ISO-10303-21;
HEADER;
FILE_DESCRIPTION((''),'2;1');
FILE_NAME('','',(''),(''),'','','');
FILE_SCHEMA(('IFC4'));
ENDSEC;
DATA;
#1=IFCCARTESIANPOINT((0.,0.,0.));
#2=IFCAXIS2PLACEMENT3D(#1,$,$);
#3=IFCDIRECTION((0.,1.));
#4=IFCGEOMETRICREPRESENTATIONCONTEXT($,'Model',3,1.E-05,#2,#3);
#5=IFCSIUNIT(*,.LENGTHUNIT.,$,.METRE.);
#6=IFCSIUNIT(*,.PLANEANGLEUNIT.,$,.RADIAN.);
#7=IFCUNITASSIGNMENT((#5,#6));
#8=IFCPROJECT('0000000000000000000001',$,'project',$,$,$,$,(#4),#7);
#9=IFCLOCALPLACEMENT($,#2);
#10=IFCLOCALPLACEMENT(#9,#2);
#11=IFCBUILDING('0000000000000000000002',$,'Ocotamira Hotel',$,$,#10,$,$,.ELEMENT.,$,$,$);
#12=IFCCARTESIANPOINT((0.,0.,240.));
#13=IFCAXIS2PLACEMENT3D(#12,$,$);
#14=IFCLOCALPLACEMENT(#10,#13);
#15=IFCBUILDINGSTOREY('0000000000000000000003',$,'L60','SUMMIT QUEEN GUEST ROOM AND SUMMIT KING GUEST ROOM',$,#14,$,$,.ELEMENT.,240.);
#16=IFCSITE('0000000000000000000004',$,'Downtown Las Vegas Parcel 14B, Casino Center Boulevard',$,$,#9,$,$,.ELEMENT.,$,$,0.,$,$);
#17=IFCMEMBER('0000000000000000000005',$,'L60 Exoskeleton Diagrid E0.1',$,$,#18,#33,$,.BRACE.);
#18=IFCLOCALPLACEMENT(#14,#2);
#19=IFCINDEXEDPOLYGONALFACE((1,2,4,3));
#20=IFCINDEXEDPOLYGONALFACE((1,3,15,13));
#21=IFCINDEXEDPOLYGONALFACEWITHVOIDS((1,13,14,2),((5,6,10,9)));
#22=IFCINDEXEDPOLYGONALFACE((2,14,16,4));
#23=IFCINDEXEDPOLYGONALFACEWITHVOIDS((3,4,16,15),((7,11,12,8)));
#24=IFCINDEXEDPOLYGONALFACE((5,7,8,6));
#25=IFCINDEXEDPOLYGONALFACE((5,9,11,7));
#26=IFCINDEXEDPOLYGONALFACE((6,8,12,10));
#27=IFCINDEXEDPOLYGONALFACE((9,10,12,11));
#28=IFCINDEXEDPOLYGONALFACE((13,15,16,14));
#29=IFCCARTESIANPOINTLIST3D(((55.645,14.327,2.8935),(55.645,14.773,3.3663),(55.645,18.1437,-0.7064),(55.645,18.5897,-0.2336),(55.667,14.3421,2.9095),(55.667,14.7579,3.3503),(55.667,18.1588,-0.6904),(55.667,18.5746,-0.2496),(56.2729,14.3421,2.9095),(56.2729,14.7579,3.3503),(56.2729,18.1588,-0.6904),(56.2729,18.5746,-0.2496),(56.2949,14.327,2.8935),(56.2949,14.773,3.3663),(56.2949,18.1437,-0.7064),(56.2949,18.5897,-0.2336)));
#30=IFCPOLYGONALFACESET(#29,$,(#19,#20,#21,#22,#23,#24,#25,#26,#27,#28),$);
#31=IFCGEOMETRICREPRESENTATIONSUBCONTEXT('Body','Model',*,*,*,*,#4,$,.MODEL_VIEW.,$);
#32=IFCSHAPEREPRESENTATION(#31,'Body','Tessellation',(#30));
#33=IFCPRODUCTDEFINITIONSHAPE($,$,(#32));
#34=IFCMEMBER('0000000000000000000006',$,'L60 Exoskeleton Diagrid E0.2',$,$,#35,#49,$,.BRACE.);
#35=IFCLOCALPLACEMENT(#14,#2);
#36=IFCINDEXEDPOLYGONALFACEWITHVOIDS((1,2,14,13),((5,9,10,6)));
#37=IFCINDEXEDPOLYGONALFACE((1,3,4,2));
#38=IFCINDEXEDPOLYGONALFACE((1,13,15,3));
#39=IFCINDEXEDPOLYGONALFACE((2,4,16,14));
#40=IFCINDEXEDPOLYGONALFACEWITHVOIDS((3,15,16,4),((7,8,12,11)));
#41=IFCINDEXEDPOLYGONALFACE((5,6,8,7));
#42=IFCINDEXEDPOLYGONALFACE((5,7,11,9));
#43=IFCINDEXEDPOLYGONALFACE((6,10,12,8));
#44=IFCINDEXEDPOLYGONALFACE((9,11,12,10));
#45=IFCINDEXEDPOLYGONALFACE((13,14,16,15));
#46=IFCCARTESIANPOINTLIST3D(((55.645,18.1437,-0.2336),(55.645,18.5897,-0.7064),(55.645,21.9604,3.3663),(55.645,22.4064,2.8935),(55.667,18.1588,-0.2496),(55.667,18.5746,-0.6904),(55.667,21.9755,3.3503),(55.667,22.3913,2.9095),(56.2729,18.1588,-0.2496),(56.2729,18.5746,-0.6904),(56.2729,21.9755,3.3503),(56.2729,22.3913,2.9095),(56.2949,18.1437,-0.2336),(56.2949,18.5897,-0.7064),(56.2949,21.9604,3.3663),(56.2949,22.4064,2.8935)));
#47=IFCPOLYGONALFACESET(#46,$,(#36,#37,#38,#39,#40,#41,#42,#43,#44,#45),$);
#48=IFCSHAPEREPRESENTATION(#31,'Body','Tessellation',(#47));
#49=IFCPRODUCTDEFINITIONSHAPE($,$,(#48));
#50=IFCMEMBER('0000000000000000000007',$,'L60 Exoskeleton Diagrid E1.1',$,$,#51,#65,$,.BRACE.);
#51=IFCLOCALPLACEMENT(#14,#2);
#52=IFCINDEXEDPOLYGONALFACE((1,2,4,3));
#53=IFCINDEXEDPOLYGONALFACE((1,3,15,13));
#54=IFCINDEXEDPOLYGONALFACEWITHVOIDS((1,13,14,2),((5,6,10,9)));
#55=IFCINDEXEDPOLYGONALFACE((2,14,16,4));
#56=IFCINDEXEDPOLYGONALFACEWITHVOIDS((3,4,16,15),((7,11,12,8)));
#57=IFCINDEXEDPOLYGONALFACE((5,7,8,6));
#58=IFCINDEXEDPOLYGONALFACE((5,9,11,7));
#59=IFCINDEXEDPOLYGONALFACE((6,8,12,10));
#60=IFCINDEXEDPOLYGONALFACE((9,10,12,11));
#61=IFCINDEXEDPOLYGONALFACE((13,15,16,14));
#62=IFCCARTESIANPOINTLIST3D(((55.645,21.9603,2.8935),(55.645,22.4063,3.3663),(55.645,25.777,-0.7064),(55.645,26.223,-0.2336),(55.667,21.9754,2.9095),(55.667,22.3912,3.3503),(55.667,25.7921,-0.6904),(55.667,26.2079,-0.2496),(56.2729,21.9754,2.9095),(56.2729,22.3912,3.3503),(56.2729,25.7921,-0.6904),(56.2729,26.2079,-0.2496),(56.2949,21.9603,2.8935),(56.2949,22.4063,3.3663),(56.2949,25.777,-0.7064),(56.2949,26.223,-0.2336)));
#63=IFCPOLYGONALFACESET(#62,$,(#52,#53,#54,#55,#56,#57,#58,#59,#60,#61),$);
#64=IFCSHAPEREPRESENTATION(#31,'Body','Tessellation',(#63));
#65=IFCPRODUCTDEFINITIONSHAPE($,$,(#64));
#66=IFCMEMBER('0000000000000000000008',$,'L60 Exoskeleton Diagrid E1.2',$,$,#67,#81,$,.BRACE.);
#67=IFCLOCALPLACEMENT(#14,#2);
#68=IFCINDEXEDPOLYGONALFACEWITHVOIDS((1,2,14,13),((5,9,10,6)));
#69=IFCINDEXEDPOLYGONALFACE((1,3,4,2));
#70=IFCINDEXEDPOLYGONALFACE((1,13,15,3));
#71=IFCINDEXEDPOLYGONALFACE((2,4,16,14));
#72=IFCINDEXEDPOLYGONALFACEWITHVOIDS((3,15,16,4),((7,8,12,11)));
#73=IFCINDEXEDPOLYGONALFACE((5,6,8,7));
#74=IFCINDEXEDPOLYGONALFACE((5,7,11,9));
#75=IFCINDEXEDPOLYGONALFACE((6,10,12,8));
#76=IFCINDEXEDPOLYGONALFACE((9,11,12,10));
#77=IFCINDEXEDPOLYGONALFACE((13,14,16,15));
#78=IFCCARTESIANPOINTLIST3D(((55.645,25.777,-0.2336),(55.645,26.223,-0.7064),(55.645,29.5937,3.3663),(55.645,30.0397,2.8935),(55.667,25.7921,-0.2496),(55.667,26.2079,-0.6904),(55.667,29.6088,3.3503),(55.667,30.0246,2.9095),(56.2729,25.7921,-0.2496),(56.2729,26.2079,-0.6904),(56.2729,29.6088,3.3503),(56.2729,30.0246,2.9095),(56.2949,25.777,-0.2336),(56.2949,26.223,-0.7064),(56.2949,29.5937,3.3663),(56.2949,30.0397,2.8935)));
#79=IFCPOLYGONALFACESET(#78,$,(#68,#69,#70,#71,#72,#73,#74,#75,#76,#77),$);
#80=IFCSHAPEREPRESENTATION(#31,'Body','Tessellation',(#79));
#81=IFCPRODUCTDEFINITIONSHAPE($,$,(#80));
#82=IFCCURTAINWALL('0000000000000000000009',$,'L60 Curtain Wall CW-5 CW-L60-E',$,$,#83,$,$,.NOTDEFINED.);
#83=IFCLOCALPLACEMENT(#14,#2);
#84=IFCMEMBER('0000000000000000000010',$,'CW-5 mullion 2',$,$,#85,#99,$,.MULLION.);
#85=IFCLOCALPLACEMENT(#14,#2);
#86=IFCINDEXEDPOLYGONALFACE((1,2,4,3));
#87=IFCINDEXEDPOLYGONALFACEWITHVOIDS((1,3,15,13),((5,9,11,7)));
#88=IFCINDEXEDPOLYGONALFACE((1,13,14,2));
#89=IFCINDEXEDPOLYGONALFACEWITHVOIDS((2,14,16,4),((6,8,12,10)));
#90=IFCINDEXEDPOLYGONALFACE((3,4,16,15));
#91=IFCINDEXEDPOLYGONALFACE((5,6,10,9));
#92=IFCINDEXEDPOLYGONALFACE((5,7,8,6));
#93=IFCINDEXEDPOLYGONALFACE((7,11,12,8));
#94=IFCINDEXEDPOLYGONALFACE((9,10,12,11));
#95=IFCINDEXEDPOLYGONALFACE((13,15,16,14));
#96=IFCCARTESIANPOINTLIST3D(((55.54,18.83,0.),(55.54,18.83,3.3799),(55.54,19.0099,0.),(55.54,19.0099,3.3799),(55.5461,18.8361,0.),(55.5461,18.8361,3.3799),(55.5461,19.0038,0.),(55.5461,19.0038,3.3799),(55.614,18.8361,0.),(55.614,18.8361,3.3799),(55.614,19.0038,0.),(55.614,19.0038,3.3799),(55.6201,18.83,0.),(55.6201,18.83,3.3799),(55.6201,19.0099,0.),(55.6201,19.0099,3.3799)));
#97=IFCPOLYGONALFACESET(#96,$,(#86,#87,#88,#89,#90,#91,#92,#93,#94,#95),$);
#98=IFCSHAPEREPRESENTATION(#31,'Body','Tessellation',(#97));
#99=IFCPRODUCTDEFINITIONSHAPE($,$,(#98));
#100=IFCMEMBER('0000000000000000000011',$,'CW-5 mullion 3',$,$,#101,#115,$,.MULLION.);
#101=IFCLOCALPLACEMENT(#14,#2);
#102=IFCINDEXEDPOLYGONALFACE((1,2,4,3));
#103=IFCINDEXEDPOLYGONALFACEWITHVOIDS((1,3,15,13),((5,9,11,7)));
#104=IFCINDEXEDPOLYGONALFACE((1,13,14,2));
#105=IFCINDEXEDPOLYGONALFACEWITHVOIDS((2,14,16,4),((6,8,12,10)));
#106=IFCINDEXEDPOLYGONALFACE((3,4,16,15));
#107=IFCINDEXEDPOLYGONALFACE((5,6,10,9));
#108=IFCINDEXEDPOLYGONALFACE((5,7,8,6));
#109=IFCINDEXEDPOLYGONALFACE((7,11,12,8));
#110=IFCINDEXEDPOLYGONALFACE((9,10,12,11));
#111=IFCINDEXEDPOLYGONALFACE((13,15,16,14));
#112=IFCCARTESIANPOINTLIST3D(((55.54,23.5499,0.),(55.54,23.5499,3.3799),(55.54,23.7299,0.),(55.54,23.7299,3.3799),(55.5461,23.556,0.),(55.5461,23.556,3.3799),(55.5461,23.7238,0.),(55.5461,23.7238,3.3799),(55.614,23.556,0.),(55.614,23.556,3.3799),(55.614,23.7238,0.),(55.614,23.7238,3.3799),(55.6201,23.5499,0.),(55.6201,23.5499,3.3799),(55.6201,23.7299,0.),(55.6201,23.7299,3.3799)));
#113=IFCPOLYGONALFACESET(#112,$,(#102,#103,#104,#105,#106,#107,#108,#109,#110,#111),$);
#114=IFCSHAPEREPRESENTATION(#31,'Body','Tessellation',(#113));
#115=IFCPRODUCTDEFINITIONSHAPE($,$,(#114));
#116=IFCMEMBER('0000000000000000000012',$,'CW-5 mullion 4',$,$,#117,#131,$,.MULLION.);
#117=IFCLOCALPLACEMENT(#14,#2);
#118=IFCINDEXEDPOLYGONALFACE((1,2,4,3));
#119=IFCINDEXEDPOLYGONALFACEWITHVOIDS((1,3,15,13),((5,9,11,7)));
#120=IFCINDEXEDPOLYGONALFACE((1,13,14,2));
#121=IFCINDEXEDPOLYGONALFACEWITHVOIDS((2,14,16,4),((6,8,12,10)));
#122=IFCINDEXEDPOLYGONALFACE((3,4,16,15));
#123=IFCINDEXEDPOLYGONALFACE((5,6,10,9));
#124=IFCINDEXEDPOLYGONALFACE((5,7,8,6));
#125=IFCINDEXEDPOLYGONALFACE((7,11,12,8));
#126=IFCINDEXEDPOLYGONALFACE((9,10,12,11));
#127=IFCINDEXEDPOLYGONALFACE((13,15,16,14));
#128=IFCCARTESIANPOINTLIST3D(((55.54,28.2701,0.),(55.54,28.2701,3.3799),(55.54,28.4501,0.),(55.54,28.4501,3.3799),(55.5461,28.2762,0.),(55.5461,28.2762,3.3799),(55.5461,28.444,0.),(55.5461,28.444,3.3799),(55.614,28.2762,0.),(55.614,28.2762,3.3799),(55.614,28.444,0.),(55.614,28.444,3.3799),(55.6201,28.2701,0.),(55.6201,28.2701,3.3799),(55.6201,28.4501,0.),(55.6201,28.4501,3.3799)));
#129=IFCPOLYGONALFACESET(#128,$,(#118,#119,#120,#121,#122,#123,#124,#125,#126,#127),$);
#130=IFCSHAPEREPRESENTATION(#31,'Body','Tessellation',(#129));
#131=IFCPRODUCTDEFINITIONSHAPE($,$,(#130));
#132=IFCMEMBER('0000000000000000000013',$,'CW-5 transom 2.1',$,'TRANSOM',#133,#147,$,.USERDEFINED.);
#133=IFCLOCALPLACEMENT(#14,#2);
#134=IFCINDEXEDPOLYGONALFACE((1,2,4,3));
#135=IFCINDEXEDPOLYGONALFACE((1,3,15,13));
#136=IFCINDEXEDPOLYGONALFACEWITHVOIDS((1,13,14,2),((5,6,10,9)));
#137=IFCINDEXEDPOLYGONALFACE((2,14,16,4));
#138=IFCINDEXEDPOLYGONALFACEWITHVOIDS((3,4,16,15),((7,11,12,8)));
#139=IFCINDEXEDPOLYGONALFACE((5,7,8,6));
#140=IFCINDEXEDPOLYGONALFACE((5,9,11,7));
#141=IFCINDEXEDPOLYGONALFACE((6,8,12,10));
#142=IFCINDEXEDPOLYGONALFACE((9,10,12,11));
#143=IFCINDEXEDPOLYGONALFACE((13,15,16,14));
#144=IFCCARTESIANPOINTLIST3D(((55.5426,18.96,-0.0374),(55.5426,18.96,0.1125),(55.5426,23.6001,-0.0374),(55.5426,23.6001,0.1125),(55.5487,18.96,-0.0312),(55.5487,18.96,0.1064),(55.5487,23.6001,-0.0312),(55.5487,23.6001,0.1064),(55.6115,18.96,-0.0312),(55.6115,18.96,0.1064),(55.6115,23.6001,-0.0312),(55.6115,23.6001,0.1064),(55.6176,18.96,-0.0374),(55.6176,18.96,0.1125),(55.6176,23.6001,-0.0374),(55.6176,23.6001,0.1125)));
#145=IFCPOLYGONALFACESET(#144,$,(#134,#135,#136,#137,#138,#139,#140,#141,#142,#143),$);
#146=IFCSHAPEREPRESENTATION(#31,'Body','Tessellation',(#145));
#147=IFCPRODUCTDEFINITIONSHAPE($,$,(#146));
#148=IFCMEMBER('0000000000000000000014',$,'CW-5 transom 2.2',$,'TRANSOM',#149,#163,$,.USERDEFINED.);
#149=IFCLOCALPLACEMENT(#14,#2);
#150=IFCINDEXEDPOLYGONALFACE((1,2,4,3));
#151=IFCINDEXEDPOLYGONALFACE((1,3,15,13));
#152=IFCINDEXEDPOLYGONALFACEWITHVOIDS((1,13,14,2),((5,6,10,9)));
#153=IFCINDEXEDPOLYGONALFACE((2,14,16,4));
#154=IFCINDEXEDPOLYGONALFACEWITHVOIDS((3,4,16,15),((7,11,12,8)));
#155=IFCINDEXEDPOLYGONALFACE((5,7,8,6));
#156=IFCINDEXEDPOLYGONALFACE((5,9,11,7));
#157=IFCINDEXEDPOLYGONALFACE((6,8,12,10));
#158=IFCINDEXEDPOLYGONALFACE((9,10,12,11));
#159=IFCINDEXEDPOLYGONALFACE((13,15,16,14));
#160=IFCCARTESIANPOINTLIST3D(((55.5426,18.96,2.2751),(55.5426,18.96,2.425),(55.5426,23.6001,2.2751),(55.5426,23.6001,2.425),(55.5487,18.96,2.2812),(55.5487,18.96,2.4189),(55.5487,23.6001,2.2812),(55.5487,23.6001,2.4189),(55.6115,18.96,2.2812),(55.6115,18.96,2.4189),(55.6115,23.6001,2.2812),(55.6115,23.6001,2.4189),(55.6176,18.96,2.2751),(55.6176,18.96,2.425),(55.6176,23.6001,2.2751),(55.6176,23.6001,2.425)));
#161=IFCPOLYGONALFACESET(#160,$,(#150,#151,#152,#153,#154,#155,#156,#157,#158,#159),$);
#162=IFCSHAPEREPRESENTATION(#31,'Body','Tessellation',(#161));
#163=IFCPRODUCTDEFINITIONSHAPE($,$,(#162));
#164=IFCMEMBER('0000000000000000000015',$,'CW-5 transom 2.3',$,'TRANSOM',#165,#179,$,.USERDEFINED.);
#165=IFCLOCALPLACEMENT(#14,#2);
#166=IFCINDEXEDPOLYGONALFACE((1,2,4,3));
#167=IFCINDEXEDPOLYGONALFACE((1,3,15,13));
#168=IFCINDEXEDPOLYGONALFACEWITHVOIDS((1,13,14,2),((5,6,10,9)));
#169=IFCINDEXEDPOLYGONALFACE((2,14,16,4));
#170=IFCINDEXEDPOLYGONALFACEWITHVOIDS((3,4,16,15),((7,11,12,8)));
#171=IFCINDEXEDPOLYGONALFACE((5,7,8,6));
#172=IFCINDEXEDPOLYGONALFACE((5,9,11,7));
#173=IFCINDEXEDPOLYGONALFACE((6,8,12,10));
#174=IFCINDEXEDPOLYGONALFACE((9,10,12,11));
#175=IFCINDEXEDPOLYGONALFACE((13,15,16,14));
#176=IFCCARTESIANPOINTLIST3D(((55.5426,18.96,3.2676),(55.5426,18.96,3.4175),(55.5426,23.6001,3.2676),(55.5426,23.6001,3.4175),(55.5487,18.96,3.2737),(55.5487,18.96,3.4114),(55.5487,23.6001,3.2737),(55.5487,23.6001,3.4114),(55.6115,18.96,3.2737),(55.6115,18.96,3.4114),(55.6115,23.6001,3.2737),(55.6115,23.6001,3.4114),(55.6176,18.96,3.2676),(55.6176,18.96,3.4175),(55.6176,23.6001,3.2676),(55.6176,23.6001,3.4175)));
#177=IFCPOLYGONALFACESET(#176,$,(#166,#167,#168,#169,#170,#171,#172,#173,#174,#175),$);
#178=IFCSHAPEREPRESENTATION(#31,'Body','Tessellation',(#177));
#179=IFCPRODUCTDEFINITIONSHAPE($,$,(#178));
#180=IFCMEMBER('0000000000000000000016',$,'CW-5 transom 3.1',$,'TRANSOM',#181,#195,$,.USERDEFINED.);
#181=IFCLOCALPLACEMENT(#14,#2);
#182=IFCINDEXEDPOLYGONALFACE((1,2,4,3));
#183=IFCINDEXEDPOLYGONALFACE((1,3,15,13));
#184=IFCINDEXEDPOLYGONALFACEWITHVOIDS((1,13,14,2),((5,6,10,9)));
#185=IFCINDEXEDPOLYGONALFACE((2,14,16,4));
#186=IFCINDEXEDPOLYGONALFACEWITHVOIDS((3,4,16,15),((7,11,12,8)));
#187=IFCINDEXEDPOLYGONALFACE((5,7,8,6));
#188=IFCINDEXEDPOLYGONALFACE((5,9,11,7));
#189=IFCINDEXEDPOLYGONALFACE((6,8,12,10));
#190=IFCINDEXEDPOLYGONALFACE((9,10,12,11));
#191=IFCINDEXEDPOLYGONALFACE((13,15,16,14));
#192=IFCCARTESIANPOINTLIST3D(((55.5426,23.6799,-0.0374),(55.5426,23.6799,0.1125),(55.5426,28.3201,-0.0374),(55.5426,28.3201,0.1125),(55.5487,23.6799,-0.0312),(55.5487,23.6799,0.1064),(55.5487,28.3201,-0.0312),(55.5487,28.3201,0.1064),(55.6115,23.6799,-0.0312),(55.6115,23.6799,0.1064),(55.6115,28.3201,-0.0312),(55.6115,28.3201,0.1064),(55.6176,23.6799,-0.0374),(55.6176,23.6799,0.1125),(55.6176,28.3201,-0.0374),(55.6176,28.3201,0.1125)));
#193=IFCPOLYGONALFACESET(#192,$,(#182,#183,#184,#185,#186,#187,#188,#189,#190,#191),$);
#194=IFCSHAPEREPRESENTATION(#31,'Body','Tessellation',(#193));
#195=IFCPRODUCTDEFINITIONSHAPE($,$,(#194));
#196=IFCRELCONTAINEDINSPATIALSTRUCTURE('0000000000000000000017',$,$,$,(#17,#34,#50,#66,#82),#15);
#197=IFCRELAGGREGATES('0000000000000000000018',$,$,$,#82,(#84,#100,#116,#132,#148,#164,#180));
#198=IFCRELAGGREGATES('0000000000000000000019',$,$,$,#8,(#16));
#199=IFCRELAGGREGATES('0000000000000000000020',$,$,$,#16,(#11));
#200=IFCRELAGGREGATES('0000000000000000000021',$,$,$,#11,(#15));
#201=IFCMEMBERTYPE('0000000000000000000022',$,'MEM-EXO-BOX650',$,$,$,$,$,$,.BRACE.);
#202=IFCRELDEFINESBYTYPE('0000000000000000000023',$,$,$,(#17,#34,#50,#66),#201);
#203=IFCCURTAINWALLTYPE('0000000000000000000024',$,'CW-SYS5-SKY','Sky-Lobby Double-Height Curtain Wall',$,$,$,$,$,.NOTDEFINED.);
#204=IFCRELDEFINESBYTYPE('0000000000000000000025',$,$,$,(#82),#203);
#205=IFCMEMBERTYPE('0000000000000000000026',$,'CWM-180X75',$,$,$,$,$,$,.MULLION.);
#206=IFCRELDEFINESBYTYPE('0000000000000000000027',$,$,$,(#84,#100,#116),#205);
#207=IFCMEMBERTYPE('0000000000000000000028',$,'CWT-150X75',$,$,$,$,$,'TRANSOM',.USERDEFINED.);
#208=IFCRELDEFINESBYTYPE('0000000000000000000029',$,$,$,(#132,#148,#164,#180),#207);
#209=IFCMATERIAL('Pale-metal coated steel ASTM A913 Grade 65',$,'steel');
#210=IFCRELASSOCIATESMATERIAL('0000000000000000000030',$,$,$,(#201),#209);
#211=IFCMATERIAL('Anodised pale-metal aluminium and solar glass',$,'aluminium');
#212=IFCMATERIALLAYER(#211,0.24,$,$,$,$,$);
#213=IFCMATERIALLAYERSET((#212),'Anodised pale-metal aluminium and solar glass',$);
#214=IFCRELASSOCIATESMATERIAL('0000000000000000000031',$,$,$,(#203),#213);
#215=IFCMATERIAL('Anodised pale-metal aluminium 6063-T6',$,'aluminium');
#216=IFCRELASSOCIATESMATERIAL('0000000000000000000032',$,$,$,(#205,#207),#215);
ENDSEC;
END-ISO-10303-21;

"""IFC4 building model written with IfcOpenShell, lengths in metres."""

from ifc_helpers import new_model, si_unit, direction, frame, origin, origin_2d, place, context, subcontext, project, spatial, hollow_rectangle, extrude, source, transform, mapped, material, layer, layer_set, material_profile, profile_set, type_object, element, aggregate, save


model = new_model("IFC4")

# Units and contexts
model_context = context("Model", 3, precision=1e-05, world=origin(), true_north=direction((0.0, 1.0)))
body_context = subcontext(model_context, "Body", "Model", "MODEL_VIEW")
ifc_project = project(units=[si_unit("LENGTHUNIT", "METRE"), si_unit("PLANEANGLEUNIT", "RADIAN")], contexts=[model_context])

# Site, building, storey
site_placement = place(None, origin())
site = spatial("IfcSite", under=ifc_project, at=site_placement, Name="Downtown Las Vegas Parcel 14B, Casino Center Boulevard", CompositionType="ELEMENT", RefElevation=0.0)
building_placement = place(site_placement, origin())
building = spatial("IfcBuilding", under=site, at=building_placement, Name="Ocotamira Hotel", CompositionType="ELEMENT")
storey_placement = place(building_placement, frame((0.0, 0.0, 240.0)))
storey = spatial("IfcBuildingStorey", under=building, at=storey_placement, Name="L60", Description="SUMMIT QUEEN GUEST ROOM AND SUMMIT KING GUEST ROOM", CompositionType="ELEMENT", Elevation=240.0)

# Members
ifc_material_1 = material(Name="Pale-metal coated steel ASTM A913 Grade 65", Category="steel")
ifc_material_profile_1 = material_profile(ifc_material_1, hollow_rectangle(XDim=0.6499, YDim=0.6499, WallThickness=0.022, at=origin_2d()), Name="BOX650X650X22")
ifc_profile_set_1 = profile_set([ifc_material_profile_1], Name="Pale-metal coated steel ASTM A913 Grade 65")
member_type_1 = type_object("IfcMemberType", Name="MEM-EXO-BOX650", PredefinedType="BRACE", material=ifc_profile_set_1)
shared_shape_1 = source(origin(), body_context, "Body", "SweptSolid", [
    extrude(hollow_rectangle(XDim=0.6499, YDim=0.6499, WallThickness=0.022, at=origin_2d()), origin(), (0.0, 0.0, 1.0), 5.2466),
])
for number, where, z_axis, x_axis, name in (
    (1, (55.97, 18.3667, -0.47), (0.0, -0.727466, 0.686144), (1.0, 0.0, 0.0), "L60 Exoskeleton Diagrid E0.1"),
    (2, (55.97, 18.3667, -0.47), (0.0, 0.727466, 0.686144), (-1.0, 0.0, 0.0), "L60 Exoskeleton Diagrid E0.2"),
    (3, (55.97, 26.0, -0.47), (0.0, -0.727466, 0.686144), (1.0, 0.0, 0.0), "L60 Exoskeleton Diagrid E1.1"),
    (4, (55.97, 26.0, -0.47), (0.0, 0.727466, 0.686144), (-1.0, 0.0, 0.0), "L60 Exoskeleton Diagrid E1.2"),
):
    element("IfcMember", number, at=place(storey_placement, frame(where, z_axis=z_axis, x_axis=x_axis)), inside=storey, type_object=member_type_1, Name=name, PredefinedType="BRACE", context=body_context, shape_type="MappedRepresentation", body=[
        mapped(shared_shape_1, transform((0.0, 0.0, 0.0), scale=1.0)),
    ])

# Curtain wall, members
ifc_material_2 = material(Name="Anodised pale-metal aluminium and solar glass", Category="aluminium")
ifc_layer_1 = layer(ifc_material_2, 0.24)
ifc_layer_set_1 = layer_set([ifc_layer_1], Name="Anodised pale-metal aluminium and solar glass")
curtain_wall_type = type_object("IfcCurtainWallType", Name="CW-SYS5-SKY", Description="Sky-Lobby Double-Height Curtain Wall", PredefinedType="NOTDEFINED", material=ifc_layer_set_1)
curtain_wall_placement = place(storey_placement, origin())
curtain_wall = element("IfcCurtainWall", 5, at=curtain_wall_placement, inside=storey, type_object=curtain_wall_type, Name="L60 Curtain Wall CW-5 CW-L60-E", PredefinedType="NOTDEFINED")
ifc_material_3 = material(Name="Anodised pale-metal aluminium 6063-T6", Category="aluminium")
ifc_material_profile_2 = material_profile(ifc_material_3, hollow_rectangle(XDim=0.0801, YDim=0.1799, WallThickness=0.0061, at=origin_2d()), Name="HSS180X80X6")
ifc_profile_set_2 = profile_set([ifc_material_profile_2], Name="Anodised pale-metal aluminium 6063-T6")
member_type_2 = type_object("IfcMemberType", Name="CWM-180X75", PredefinedType="MULLION", material=ifc_profile_set_2)
shared_shape_2 = source(origin(), body_context, "Body", "SweptSolid", [
    extrude(hollow_rectangle(XDim=0.0801, YDim=0.1799, WallThickness=0.0061, at=origin_2d()), origin(), (0.0, 0.0, 1.0), 3.3799),
])
member_1_placement = place(storey_placement, frame((55.5801, 18.9199, 0.0), z_axis=(0.0, 0.0, 1.0), x_axis=(-1.0, 0.0, 0.0)))
member_1 = element("IfcMember", 6, at=member_1_placement, type_object=member_type_2, Name="CW-5 mullion 2", PredefinedType="MULLION", context=body_context, shape_type="MappedRepresentation", body=[
    mapped(shared_shape_2, transform((0.0, 0.0, 0.0), scale=1.0)),
])
member_2_placement = place(storey_placement, frame((55.5801, 23.6399, 0.0), z_axis=(0.0, 0.0, 1.0), x_axis=(-1.0, 0.0, 0.0)))
member_2 = element("IfcMember", 7, at=member_2_placement, type_object=member_type_2, Name="CW-5 mullion 3", PredefinedType="MULLION", context=body_context, shape_type="MappedRepresentation", body=[
    mapped(shared_shape_2, transform((0.0, 0.0, 0.0), scale=1.0)),
])
member_3_placement = place(storey_placement, frame((55.5801, 28.3601, 0.0), z_axis=(0.0, 0.0, 1.0), x_axis=(-1.0, 0.0, 0.0)))
member_3 = element("IfcMember", 8, at=member_3_placement, type_object=member_type_2, Name="CW-5 mullion 4", PredefinedType="MULLION", context=body_context, shape_type="MappedRepresentation", body=[
    mapped(shared_shape_2, transform((0.0, 0.0, 0.0), scale=1.0)),
])
ifc_material_profile_3 = material_profile(ifc_material_3, hollow_rectangle(XDim=0.075, YDim=0.1499, WallThickness=0.0061, at=origin_2d()), Name="HSS150X75X6")
ifc_profile_set_3 = profile_set([ifc_material_profile_3], Name="Anodised pale-metal aluminium 6063-T6")
member_type_3 = type_object("IfcMemberType", Name="CWT-150X75", ElementType="TRANSOM", PredefinedType="USERDEFINED", material=ifc_profile_set_3)
shared_shape_3 = source(origin(), body_context, "Body", "SweptSolid", [
    extrude(hollow_rectangle(XDim=0.075, YDim=0.1499, WallThickness=0.0061, at=origin_2d()), origin(), (0.0, 0.0, 1.0), 4.6401),
])
member_4_placement = place(storey_placement, frame((55.5801, 18.96, 0.0376), z_axis=(0.0, 1.0, 0.0), x_axis=(-1.0, 0.0, 0.0)))
member_4 = element("IfcMember", 9, at=member_4_placement, type_object=member_type_3, Name="CW-5 transom 2.1", ObjectType="TRANSOM", PredefinedType="USERDEFINED", context=body_context, shape_type="MappedRepresentation", body=[
    mapped(shared_shape_3, transform((0.0, 0.0, 0.0), scale=1.0)),
])
member_5_placement = place(storey_placement, frame((55.5801, 18.96, 2.3501), z_axis=(0.0, 1.0, 0.0), x_axis=(-1.0, 0.0, 0.0)))
member_5 = element("IfcMember", 10, at=member_5_placement, type_object=member_type_3, Name="CW-5 transom 2.2", ObjectType="TRANSOM", PredefinedType="USERDEFINED", context=body_context, shape_type="MappedRepresentation", body=[
    mapped(shared_shape_3, transform((0.0, 0.0, 0.0), scale=1.0)),
])
member_6_placement = place(storey_placement, frame((55.5801, 18.96, 3.3425), z_axis=(0.0, 1.0, 0.0), x_axis=(-1.0, 0.0, 0.0)))
member_6 = element("IfcMember", 11, at=member_6_placement, type_object=member_type_3, Name="CW-5 transom 2.3", ObjectType="TRANSOM", PredefinedType="USERDEFINED", context=body_context, shape_type="MappedRepresentation", body=[
    mapped(shared_shape_3, transform((0.0, 0.0, 0.0), scale=1.0)),
])
member_7_placement = place(storey_placement, frame((55.5801, 23.6799, 0.0376), z_axis=(0.0, 1.0, 0.0), x_axis=(-1.0, 0.0, 0.0)))
member_7 = element("IfcMember", 12, at=member_7_placement, type_object=member_type_3, Name="CW-5 transom 3.1", ObjectType="TRANSOM", PredefinedType="USERDEFINED", context=body_context, shape_type="MappedRepresentation", body=[
    mapped(shared_shape_3, transform((0.0, 0.0, 0.0), scale=1.0)),
])

aggregate(curtain_wall, [member_1, member_2, member_3, member_4, member_5, member_6, member_7])

save(model, "model.ifc")
